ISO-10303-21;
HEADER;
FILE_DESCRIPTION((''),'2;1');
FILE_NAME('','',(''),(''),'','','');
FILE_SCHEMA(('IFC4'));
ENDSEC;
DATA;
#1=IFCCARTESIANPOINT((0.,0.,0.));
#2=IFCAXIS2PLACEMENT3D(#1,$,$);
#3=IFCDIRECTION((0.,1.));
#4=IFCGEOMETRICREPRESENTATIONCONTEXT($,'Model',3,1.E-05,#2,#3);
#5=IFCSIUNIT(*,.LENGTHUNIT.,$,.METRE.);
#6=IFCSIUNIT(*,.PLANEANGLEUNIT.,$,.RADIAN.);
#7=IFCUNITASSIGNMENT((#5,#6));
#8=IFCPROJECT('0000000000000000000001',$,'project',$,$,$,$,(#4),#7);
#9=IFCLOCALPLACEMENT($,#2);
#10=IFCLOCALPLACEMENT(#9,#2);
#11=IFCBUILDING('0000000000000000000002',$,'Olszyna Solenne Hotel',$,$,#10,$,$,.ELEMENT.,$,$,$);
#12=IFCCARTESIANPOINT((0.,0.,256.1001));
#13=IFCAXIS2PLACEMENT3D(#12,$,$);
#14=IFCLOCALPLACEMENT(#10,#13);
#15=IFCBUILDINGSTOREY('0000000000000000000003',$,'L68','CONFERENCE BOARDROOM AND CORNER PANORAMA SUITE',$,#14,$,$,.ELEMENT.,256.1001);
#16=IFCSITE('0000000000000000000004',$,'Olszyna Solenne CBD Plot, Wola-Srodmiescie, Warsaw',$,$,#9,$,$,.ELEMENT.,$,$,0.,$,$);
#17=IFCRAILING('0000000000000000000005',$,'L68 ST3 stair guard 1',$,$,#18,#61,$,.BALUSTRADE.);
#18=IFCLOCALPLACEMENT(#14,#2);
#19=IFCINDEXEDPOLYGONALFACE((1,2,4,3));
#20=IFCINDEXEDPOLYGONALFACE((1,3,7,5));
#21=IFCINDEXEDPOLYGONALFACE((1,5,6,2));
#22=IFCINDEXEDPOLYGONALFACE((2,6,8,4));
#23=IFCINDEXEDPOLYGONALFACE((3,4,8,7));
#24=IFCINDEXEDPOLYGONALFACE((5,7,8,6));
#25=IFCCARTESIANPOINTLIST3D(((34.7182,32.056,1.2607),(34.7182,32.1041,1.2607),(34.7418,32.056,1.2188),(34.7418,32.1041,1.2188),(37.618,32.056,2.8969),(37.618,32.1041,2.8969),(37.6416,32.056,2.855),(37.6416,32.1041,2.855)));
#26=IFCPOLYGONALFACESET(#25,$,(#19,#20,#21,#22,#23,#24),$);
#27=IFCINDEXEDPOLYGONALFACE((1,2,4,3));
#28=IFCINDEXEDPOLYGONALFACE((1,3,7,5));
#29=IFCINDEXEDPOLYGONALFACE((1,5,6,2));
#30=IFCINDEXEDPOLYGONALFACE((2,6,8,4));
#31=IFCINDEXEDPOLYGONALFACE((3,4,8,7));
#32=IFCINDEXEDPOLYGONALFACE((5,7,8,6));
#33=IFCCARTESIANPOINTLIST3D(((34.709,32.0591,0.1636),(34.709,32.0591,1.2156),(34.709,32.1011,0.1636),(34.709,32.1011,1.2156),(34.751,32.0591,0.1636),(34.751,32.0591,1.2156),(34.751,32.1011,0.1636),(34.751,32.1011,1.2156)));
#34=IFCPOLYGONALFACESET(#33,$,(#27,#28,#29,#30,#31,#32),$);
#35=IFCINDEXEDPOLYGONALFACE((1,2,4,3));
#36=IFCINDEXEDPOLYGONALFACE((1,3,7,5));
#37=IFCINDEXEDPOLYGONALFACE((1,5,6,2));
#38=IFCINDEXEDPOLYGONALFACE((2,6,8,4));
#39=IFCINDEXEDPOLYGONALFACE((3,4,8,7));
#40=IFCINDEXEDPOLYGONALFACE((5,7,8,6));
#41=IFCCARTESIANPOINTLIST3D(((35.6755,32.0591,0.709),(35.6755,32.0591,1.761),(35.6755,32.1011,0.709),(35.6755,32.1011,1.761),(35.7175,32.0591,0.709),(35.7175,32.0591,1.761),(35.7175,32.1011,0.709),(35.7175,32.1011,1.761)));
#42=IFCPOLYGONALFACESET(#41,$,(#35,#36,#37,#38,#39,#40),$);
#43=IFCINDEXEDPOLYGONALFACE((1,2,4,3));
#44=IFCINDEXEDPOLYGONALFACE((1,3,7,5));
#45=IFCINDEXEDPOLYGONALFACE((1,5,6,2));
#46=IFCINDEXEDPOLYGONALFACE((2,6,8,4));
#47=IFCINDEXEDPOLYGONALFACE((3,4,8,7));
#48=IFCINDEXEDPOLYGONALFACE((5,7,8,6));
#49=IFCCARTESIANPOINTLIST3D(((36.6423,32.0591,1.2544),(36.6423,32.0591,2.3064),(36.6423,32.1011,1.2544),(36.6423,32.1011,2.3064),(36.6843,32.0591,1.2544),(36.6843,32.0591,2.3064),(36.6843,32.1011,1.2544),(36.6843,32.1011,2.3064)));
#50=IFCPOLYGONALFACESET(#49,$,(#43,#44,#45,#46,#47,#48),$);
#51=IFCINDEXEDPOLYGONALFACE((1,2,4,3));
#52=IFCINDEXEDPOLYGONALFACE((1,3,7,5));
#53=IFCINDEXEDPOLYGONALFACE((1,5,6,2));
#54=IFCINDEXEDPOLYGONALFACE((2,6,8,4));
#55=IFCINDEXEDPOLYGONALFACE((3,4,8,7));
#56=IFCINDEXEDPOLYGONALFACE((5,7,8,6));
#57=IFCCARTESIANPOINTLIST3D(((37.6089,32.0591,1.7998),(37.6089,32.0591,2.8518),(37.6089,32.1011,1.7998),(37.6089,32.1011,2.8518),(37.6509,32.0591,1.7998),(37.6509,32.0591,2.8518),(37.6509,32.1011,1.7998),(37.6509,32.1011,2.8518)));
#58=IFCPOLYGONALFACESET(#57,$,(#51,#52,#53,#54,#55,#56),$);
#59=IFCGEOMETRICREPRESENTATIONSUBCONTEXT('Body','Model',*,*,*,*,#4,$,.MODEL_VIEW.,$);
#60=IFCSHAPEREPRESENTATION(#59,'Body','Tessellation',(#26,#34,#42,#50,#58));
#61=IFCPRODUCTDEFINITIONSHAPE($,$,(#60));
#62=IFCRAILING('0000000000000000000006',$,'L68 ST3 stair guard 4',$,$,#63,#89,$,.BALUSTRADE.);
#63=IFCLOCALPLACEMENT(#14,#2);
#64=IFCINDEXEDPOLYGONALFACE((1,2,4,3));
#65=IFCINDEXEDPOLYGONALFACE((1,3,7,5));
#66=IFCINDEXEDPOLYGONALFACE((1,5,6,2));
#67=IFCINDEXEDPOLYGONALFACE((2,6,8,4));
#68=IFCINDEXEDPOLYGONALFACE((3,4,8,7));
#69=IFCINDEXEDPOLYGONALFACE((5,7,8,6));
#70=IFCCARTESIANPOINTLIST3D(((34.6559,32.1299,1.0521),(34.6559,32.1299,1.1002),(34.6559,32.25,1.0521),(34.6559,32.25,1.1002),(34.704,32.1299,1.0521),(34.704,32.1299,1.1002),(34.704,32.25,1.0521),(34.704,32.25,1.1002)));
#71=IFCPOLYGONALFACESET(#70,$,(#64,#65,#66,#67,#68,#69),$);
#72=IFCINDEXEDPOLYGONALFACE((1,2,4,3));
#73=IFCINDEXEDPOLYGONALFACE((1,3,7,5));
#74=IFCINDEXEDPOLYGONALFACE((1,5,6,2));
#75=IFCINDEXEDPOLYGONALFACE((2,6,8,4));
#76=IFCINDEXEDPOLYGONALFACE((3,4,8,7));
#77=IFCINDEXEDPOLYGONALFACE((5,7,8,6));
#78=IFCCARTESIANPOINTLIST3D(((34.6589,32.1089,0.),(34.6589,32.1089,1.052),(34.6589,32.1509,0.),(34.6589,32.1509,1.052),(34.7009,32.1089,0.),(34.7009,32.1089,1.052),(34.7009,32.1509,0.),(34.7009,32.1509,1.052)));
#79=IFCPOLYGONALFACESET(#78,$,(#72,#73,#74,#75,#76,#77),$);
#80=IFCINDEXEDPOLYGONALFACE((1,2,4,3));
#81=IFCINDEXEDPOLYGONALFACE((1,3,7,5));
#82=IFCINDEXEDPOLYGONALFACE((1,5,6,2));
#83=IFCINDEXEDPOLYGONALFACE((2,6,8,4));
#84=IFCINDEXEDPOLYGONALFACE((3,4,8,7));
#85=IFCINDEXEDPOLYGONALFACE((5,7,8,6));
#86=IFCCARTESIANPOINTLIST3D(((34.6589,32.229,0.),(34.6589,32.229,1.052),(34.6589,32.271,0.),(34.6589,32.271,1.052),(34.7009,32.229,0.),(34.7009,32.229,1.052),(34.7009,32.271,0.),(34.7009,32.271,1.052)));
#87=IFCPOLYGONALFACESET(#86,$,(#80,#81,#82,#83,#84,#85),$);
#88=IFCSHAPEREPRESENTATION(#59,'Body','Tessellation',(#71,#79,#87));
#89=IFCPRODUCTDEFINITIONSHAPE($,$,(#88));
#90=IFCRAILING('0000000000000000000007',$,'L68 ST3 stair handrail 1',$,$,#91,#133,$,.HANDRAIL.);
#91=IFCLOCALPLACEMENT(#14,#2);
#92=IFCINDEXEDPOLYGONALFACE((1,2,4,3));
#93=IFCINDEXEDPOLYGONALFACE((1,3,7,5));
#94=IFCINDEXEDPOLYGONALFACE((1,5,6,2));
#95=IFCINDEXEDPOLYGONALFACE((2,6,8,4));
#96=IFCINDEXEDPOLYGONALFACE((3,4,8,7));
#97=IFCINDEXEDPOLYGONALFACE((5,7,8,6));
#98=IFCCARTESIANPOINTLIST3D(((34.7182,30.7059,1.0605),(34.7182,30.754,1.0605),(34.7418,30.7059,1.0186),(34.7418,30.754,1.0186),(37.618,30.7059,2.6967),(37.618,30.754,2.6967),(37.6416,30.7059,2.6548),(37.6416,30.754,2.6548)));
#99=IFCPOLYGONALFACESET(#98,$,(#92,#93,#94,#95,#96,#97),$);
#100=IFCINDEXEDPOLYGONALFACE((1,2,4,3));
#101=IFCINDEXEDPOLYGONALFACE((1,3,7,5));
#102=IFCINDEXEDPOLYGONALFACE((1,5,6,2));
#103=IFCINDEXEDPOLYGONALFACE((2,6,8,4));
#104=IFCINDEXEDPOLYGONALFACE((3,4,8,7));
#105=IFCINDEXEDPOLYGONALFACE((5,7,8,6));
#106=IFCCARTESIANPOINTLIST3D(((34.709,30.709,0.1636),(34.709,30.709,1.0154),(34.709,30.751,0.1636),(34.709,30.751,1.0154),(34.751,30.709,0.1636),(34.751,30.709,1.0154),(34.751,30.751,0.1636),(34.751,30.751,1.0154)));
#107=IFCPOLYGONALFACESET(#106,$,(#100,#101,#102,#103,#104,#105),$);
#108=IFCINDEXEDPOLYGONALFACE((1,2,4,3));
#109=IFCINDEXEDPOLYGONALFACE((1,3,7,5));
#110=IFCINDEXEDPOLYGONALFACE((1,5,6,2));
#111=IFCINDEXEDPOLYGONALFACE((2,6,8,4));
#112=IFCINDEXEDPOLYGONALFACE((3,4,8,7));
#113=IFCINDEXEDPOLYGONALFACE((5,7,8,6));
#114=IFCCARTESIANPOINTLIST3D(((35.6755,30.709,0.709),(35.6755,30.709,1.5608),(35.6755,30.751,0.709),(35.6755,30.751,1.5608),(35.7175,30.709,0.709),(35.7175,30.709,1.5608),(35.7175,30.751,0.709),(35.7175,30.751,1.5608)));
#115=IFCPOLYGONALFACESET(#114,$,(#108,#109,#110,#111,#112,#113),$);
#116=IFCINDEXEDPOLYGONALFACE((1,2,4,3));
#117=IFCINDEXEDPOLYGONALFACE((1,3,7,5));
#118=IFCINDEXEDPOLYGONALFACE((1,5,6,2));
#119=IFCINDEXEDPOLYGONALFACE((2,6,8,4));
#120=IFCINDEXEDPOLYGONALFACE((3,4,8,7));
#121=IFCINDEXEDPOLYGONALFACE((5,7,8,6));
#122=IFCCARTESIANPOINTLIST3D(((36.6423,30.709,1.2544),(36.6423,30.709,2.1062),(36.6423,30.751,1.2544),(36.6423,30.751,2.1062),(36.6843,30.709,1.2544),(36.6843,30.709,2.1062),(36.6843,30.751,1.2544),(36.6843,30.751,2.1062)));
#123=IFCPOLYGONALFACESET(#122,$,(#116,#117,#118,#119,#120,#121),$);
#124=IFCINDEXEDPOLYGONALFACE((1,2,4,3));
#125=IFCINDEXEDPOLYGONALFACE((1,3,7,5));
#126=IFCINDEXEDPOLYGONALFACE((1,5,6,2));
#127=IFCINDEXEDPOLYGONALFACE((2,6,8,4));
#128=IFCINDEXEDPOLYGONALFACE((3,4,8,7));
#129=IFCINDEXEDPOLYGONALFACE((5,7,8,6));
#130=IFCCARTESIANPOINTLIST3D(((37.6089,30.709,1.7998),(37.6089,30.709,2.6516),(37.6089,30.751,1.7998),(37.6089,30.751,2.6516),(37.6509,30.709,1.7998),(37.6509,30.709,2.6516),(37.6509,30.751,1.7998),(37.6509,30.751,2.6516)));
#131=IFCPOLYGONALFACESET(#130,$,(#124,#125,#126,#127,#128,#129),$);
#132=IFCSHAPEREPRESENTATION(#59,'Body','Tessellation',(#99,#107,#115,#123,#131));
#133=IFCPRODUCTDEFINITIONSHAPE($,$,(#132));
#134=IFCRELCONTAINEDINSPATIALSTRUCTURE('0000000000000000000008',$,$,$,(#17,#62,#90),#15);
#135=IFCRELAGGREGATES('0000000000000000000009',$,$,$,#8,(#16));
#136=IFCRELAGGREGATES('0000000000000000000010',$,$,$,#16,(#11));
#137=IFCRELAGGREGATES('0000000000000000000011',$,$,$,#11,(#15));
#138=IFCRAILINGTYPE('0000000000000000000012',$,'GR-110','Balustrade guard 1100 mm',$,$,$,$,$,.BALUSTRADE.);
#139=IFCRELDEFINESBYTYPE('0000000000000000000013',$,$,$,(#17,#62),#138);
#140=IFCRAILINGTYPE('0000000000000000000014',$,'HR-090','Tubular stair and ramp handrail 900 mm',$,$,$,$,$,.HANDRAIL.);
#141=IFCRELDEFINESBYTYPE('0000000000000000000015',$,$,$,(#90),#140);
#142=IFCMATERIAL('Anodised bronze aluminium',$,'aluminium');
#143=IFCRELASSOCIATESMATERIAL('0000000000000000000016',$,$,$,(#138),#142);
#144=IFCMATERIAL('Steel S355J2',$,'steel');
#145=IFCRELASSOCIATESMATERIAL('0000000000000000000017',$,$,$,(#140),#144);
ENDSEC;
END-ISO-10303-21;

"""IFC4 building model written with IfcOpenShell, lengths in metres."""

from ifc_helpers import new_model, si_unit, direction, frame, origin, origin_2d, place, context, subcontext, project, spatial, rectangle, extrude, material, type_object, element, save


model = new_model("IFC4")

# Units and contexts
model_context = context("Model", 3, precision=1e-05, world=origin(), true_north=direction((0.0, 1.0)))
body_context = subcontext(model_context, "Body", "Model", "MODEL_VIEW")
ifc_project = project(units=[si_unit("LENGTHUNIT", "METRE"), si_unit("PLANEANGLEUNIT", "RADIAN")], contexts=[model_context])

# Site, building, storey
site_placement = place(None, origin())
site = spatial("IfcSite", under=ifc_project, at=site_placement, Name="Olszyna Solenne CBD Plot, Wola-Srodmiescie, Warsaw", CompositionType="ELEMENT", RefElevation=0.0)
building_placement = place(site_placement, origin())
building = spatial("IfcBuilding", under=site, at=building_placement, Name="Olszyna Solenne Hotel", CompositionType="ELEMENT")
storey_placement = place(building_placement, frame((0.0, 0.0, 256.1001)))
storey = spatial("IfcBuildingStorey", under=building, at=storey_placement, Name="L68", Description="CONFERENCE BOARDROOM AND CORNER PANORAMA SUITE", CompositionType="ELEMENT", Elevation=256.1001)

# Shared definitions
ifc_material_1 = material(Name="Steel S355J2", Category="steel")

# Shared definitions
ifc_material_2 = material(Name="Anodised bronze aluminium", Category="aluminium")

# Railings
railing_type_1 = type_object("IfcRailingType", Name="GR-110", Description="Balustrade guard 1100 mm", PredefinedType="BALUSTRADE", material=ifc_material_2)
railing_1_placement = place(storey_placement, frame((34.73, 32.0801, 0.1636)))
element("IfcRailing", 1, at=railing_1_placement, inside=storey, type_object=railing_type_1, Name="L68 ST3 stair guard 1", PredefinedType="BALUSTRADE", context=body_context, shape_type="SweptSolid", body=[
    extrude(rectangle(XDim=0.0481, YDim=0.0481, at=origin_2d()), frame((0.0, 0.0, 1.0762), z_axis=(0.870929, 0.0, 0.49141), x_axis=(0.0, 1.0, 0.0)), (0.0, 0.0, 1.0), 3.3296),
    extrude(rectangle(XDim=0.042, YDim=0.042, at=origin_2d()), origin(), (0.0, 0.0, 1.0), 1.052),
    extrude(rectangle(XDim=0.042, YDim=0.042, at=origin_2d()), frame((0.9666, 0.0, 0.5454)), (0.0, 0.0, 1.0), 1.052),
    extrude(rectangle(XDim=0.042, YDim=0.042, at=origin_2d()), frame((1.9333, 0.0, 1.0908)), (0.0, 0.0, 1.0), 1.052),
    extrude(rectangle(XDim=0.042, YDim=0.042, at=origin_2d()), frame((2.8999, 0.0, 1.6362)), (0.0, 0.0, 1.0), 1.052),
])
railing_2_placement = place(storey_placement, frame((34.6799, 32.1299, 0.0)))
element("IfcRailing", 2, at=railing_2_placement, inside=storey, type_object=railing_type_1, Name="L68 ST3 stair guard 4", PredefinedType="BALUSTRADE", context=body_context, shape_type="SweptSolid", body=[
    extrude(rectangle(XDim=0.0481, YDim=0.0481, at=origin_2d()), frame((0.0, 0.0, 1.0762), z_axis=(0.0, 1.0, 0.0), x_axis=(-1.0, 0.0, 0.0)), (0.0, 0.0, 1.0), 0.1201),
    extrude(rectangle(XDim=0.042, YDim=0.042, at=origin_2d()), origin(), (0.0, 0.0, 1.0), 1.052),
    extrude(rectangle(XDim=0.042, YDim=0.042, at=origin_2d()), frame((0.0, 0.1201, 0.0)), (0.0, 0.0, 1.0), 1.052),
])
railing_type_2 = type_object("IfcRailingType", Name="HR-090", Description="Tubular stair and ramp handrail 900 mm", PredefinedType="HANDRAIL", material=ifc_material_1)
railing_3_placement = place(storey_placement, frame((34.73, 30.73, 0.1636)))
element("IfcRailing", 3, at=railing_3_placement, inside=storey, type_object=railing_type_2, Name="L68 ST3 stair handrail 1", PredefinedType="HANDRAIL", context=body_context, shape_type="SweptSolid", body=[
    extrude(rectangle(XDim=0.0481, YDim=0.0481, at=origin_2d()), frame((0.0, 0.0, 0.876), z_axis=(0.870929, 0.0, 0.49141), x_axis=(0.0, 1.0, 0.0)), (0.0, 0.0, 1.0), 3.3296),
    extrude(rectangle(XDim=0.042, YDim=0.042, at=origin_2d()), origin(), (0.0, 0.0, 1.0), 0.8518),
    extrude(rectangle(XDim=0.042, YDim=0.042, at=origin_2d()), frame((0.9666, 0.0, 0.5454)), (0.0, 0.0, 1.0), 0.8518),
    extrude(rectangle(XDim=0.042, YDim=0.042, at=origin_2d()), frame((1.9333, 0.0, 1.0908)), (0.0, 0.0, 1.0), 0.8518),
    extrude(rectangle(XDim=0.042, YDim=0.042, at=origin_2d()), frame((2.8999, 0.0, 1.6362)), (0.0, 0.0, 1.0), 0.8518),
])

save(model, "model.ifc")
